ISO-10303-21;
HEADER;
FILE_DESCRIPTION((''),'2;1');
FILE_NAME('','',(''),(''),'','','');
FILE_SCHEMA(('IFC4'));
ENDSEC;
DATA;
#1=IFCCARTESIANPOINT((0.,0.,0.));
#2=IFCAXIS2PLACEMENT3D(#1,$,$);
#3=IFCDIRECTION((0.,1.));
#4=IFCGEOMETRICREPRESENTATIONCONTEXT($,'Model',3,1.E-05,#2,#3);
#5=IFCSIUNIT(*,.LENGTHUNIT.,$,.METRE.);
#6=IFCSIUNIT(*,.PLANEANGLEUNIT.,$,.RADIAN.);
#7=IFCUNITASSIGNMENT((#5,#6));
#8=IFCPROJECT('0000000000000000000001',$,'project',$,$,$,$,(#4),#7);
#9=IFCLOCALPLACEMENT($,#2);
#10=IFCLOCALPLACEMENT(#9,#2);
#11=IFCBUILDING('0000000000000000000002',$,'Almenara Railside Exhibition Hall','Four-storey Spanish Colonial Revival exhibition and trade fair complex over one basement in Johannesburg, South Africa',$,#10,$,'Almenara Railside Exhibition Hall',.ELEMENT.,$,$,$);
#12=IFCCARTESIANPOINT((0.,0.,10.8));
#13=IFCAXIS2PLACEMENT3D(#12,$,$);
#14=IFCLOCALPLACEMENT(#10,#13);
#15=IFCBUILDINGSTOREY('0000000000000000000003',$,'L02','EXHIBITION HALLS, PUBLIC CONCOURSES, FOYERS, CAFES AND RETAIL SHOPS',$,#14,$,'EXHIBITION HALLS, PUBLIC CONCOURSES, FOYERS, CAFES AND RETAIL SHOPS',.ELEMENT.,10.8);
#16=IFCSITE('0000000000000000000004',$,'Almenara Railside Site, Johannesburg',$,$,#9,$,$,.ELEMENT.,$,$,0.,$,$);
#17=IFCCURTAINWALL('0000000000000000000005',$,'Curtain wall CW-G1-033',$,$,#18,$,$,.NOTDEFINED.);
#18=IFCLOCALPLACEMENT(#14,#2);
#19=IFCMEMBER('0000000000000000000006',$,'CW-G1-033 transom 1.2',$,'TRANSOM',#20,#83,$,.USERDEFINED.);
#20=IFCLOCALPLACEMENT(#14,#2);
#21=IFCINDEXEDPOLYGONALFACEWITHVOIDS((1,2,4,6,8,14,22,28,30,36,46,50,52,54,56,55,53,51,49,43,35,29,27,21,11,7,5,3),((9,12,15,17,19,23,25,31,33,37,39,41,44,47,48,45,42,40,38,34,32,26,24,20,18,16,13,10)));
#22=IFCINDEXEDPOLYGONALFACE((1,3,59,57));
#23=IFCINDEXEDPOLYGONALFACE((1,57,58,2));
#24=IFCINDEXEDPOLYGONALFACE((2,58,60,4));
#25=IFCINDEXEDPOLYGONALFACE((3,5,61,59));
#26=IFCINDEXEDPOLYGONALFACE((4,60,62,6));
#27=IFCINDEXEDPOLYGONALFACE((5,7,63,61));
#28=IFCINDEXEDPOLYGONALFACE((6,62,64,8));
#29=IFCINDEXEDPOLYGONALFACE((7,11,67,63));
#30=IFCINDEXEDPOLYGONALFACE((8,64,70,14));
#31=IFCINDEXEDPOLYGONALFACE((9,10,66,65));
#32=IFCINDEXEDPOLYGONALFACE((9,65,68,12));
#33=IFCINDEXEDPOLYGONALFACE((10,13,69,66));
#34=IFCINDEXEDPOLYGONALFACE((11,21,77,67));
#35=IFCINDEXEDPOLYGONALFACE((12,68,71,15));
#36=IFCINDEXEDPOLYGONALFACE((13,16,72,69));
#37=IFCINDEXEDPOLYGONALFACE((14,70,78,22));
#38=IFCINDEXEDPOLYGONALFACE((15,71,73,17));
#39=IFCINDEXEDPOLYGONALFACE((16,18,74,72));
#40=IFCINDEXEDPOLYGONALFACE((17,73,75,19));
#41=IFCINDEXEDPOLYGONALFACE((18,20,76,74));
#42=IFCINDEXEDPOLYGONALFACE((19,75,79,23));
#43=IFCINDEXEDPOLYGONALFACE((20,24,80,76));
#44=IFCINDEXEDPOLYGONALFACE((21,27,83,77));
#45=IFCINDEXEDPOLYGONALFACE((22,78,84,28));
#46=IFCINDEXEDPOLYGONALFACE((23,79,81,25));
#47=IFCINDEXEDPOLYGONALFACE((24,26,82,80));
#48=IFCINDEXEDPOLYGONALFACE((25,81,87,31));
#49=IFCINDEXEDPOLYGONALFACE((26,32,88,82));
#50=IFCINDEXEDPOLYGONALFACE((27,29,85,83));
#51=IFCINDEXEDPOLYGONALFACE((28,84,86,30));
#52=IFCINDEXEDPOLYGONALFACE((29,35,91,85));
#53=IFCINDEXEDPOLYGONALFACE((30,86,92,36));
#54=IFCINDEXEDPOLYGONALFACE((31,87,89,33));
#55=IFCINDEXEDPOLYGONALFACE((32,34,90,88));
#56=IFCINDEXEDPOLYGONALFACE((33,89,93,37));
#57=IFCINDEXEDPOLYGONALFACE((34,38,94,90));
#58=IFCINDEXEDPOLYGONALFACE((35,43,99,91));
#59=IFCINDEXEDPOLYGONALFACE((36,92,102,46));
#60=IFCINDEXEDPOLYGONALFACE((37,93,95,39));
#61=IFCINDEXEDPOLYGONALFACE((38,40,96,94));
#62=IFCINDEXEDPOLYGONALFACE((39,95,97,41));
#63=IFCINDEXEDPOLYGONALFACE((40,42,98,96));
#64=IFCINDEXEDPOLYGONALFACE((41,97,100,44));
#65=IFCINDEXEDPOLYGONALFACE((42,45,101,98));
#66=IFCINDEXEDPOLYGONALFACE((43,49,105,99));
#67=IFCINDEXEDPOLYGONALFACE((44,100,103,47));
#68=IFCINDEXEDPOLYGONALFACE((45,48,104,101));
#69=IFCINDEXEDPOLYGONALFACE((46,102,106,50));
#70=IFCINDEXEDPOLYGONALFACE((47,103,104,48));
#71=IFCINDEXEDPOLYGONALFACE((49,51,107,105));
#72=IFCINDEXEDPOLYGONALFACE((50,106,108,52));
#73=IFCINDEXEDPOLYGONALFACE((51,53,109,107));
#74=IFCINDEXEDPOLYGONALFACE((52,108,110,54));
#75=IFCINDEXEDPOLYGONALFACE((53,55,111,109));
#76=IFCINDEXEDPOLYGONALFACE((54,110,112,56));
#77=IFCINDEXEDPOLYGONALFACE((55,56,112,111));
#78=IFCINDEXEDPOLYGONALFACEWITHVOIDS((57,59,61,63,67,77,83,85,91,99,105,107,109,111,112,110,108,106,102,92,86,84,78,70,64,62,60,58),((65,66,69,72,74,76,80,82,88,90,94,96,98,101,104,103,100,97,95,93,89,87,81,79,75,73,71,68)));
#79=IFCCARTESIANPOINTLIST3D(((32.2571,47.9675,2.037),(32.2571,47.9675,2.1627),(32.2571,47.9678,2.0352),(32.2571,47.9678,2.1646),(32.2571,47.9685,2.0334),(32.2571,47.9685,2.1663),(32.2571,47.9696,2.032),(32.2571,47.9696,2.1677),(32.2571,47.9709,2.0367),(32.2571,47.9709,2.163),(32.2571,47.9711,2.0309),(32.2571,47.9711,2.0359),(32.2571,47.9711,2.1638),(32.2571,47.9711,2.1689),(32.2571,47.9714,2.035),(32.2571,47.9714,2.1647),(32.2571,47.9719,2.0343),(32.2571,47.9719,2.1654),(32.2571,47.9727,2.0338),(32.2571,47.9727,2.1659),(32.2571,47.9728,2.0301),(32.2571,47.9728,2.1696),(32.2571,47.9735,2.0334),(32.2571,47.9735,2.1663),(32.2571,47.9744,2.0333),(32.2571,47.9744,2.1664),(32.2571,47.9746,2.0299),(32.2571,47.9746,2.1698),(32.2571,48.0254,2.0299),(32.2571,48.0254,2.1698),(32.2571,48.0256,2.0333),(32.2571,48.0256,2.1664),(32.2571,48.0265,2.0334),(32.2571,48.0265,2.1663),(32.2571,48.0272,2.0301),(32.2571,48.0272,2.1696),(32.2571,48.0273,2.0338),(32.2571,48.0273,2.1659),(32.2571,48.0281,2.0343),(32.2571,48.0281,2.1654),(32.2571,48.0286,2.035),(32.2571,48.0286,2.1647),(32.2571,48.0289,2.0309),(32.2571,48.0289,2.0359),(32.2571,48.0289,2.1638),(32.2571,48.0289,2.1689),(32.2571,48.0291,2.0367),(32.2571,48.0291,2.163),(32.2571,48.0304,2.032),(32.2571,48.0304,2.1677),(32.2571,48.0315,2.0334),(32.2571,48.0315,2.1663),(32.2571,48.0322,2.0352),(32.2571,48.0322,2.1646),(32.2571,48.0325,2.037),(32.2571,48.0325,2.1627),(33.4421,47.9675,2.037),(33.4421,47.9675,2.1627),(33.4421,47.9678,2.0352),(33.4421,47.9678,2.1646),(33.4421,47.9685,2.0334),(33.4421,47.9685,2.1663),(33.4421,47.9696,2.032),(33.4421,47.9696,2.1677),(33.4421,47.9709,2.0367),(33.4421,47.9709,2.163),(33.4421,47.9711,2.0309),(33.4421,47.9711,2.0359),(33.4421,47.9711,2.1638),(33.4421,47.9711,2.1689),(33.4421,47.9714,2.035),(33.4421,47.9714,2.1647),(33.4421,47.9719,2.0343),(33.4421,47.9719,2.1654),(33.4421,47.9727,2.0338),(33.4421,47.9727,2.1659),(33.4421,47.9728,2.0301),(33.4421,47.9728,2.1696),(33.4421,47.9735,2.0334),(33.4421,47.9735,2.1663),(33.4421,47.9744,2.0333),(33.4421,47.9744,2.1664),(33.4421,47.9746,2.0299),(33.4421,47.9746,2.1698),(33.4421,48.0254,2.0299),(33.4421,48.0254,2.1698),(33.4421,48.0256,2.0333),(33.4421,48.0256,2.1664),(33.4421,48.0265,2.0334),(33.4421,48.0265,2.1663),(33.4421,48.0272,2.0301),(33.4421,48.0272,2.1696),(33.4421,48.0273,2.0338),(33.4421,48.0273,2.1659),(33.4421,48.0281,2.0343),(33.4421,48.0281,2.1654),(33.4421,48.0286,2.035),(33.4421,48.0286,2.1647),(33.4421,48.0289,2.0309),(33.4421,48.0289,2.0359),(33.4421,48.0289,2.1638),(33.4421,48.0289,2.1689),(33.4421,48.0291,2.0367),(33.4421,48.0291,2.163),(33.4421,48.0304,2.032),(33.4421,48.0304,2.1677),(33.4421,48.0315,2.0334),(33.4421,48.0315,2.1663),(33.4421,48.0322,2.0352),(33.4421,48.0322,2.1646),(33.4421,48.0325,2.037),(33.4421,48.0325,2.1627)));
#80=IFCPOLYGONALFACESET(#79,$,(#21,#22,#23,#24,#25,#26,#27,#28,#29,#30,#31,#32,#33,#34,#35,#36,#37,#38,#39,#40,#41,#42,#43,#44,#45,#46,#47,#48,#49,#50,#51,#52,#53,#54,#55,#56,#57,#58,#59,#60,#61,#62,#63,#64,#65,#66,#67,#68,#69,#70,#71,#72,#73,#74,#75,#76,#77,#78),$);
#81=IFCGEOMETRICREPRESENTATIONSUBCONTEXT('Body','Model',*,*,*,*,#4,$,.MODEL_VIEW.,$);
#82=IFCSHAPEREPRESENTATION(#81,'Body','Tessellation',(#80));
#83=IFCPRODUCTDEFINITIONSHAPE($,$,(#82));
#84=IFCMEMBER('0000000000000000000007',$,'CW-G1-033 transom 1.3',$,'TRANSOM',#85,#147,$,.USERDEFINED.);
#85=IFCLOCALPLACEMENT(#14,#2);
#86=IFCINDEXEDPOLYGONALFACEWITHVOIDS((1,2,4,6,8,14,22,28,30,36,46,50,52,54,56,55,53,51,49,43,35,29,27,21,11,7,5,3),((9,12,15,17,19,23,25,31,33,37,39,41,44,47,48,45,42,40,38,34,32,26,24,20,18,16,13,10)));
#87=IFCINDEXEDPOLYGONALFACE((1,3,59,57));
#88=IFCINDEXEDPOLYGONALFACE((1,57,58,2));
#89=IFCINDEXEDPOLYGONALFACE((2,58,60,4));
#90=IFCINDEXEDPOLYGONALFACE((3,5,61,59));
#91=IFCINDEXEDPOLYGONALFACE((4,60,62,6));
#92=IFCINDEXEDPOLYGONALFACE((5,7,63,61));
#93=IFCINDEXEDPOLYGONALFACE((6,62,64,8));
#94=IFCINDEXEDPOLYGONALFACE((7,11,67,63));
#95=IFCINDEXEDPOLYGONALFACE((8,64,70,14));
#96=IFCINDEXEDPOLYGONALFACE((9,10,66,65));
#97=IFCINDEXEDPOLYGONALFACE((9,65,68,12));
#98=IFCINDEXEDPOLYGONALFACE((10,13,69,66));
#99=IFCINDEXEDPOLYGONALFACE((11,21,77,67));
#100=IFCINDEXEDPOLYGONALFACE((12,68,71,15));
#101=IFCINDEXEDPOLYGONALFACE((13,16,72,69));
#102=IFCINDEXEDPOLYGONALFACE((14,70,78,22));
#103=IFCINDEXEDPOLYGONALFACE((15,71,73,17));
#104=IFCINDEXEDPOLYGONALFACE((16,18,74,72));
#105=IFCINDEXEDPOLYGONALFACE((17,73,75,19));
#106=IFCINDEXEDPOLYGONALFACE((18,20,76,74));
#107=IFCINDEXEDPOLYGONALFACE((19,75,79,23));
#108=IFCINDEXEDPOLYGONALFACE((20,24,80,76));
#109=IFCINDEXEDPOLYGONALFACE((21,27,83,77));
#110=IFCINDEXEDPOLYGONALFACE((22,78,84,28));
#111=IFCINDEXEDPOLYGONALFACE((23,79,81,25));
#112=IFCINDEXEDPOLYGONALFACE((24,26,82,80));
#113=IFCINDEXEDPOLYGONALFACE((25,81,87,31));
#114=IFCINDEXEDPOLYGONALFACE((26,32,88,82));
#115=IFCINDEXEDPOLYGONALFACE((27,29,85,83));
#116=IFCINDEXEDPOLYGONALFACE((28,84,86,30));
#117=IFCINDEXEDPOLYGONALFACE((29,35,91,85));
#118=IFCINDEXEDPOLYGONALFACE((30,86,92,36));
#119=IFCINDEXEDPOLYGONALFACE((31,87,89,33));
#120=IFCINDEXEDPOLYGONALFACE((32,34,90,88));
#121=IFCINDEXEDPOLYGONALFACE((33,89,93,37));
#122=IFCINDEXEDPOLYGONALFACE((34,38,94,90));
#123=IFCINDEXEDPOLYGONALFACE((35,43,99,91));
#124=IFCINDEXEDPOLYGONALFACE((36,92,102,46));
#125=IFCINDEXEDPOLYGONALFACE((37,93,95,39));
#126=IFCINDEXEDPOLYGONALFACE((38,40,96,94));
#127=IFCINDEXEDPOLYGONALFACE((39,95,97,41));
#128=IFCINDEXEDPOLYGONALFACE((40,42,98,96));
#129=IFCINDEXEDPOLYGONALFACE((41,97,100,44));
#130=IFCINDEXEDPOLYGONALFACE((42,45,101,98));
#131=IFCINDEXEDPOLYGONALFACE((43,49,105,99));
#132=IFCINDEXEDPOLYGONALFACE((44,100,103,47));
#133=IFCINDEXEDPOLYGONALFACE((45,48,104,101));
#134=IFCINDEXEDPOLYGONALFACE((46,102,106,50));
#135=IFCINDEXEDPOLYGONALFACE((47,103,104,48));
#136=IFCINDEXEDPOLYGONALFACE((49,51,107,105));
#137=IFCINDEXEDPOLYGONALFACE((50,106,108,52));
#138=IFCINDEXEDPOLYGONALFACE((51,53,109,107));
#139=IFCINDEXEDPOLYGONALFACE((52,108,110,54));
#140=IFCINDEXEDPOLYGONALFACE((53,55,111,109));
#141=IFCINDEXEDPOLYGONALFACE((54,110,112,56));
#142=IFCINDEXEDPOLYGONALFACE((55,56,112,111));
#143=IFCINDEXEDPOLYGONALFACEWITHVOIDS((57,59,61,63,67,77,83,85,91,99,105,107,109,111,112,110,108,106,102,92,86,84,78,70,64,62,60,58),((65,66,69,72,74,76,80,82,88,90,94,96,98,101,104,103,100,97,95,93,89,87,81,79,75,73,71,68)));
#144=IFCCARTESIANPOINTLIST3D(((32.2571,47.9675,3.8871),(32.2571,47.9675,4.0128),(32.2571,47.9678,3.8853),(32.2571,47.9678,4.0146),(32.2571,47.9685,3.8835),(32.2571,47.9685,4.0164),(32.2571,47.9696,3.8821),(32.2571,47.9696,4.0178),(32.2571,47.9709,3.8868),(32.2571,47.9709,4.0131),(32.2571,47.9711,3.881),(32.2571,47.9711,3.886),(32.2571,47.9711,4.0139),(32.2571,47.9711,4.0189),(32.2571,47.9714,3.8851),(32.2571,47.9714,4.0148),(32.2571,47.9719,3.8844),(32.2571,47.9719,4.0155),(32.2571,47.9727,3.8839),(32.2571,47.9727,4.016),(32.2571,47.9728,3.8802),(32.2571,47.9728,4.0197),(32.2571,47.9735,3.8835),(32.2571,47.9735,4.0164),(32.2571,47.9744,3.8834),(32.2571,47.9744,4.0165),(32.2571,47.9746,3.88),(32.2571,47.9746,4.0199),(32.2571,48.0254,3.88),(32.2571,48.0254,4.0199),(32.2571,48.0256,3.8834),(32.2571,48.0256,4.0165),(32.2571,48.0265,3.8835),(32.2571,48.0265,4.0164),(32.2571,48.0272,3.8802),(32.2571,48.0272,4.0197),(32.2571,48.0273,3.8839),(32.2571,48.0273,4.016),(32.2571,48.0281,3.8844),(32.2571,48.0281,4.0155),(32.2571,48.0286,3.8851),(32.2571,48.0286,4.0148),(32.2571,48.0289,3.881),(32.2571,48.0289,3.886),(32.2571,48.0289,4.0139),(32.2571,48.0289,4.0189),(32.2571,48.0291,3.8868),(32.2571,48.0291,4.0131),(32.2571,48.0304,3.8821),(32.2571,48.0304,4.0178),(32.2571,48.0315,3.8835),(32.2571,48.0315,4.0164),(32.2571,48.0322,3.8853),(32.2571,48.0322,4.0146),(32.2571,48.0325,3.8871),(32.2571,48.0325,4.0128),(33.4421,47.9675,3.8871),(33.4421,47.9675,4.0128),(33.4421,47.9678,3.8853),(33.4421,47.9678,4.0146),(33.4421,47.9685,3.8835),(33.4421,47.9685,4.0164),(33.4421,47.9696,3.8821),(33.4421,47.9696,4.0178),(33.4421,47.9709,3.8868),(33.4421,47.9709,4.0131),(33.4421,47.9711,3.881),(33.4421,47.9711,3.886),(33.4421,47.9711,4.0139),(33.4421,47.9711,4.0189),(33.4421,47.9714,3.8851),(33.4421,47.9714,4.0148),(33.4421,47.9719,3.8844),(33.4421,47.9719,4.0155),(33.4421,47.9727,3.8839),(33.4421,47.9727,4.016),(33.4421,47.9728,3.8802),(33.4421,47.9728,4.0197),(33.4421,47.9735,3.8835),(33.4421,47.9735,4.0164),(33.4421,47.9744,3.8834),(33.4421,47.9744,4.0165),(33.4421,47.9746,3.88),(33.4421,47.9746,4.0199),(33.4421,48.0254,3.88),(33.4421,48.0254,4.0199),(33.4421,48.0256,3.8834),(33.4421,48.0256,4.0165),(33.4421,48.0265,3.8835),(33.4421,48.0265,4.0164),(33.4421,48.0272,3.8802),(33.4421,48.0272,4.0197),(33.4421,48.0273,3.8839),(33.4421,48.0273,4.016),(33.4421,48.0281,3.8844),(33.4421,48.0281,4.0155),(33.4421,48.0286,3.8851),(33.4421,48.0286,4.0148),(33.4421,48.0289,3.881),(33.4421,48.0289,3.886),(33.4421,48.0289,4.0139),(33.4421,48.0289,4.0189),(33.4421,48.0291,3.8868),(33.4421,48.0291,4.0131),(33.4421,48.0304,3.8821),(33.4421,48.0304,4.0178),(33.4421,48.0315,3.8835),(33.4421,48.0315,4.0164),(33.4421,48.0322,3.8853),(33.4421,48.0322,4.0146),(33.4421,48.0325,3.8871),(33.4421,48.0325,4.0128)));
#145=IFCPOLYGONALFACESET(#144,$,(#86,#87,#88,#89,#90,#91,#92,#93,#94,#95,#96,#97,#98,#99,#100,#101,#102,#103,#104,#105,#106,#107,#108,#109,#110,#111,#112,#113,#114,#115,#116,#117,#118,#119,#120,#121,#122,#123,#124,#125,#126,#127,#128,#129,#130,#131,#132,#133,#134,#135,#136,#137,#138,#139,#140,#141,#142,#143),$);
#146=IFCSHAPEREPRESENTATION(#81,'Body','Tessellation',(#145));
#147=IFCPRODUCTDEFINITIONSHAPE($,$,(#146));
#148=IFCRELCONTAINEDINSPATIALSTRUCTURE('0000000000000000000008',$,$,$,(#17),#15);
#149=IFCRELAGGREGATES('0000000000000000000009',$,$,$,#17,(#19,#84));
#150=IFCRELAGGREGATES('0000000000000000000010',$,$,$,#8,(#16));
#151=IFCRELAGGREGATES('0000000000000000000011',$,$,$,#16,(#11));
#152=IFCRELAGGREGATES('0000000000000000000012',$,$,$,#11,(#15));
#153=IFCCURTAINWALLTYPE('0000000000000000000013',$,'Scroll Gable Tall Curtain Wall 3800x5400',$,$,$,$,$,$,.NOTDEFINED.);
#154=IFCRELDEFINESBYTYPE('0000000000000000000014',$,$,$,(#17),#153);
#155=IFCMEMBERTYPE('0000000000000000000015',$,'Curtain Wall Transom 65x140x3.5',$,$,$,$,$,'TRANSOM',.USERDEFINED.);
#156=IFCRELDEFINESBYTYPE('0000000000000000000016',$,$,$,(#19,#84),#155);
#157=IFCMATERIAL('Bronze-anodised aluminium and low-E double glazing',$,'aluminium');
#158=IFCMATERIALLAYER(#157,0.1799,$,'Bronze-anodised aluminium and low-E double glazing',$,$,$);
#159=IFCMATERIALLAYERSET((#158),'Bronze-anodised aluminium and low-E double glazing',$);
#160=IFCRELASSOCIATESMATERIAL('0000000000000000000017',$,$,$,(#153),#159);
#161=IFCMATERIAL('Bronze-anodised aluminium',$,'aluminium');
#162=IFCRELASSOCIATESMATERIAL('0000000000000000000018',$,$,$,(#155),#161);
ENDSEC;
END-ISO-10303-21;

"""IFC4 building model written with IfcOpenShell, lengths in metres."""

from ifc_helpers import new_model, si_unit, direction, frame, origin, origin_2d, place, context, subcontext, project, spatial, hollow_rectangle, extrude, material, layer, layer_set, material_profile, profile_set, type_object, element, aggregate, save


model = new_model("IFC4")

# Units and contexts
model_context = context("Model", 3, precision=1e-05, world=origin(), true_north=direction((0.0, 1.0)))
body_context = subcontext(model_context, "Body", "Model", "MODEL_VIEW")
ifc_project = project(units=[si_unit("LENGTHUNIT", "METRE"), si_unit("PLANEANGLEUNIT", "RADIAN")], contexts=[model_context])

# Site, building, storey
site_placement = place(None, origin())
site = spatial("IfcSite", under=ifc_project, at=site_placement, Name="Almenara Railside Site, Johannesburg", CompositionType="ELEMENT", RefElevation=0.0)
building_placement = place(site_placement, origin())
building = spatial("IfcBuilding", under=site, at=building_placement, Name="Almenara Railside Exhibition Hall", Description="Four-storey Spanish Colonial Revival exhibition and trade fair complex over one basement in Johannesburg, South Africa", LongName="Almenara Railside Exhibition Hall", CompositionType="ELEMENT")
storey_placement = place(building_placement, frame((0.0, 0.0, 10.8)))
storey = spatial("IfcBuildingStorey", under=building, at=storey_placement, Name="L02", Description="EXHIBITION HALLS, PUBLIC CONCOURSES, FOYERS, CAFES AND RETAIL SHOPS", LongName="EXHIBITION HALLS, PUBLIC CONCOURSES, FOYERS, CAFES AND RETAIL SHOPS", CompositionType="ELEMENT", Elevation=10.8)

# Curtain wall
ifc_material_1 = material(Name="Bronze-anodised aluminium and low-E double glazing", Category="aluminium")
ifc_layer_1 = layer(ifc_material_1, 0.1799, Name="Bronze-anodised aluminium and low-E double glazing")
ifc_layer_set_1 = layer_set([ifc_layer_1], Name="Bronze-anodised aluminium and low-E double glazing")
curtain_wall_type_1 = type_object("IfcCurtainWallType", Name="Scroll Gable Tall Curtain Wall 3800x5400", PredefinedType="NOTDEFINED", material=ifc_layer_set_1)
curtain_wall_1_placement = place(storey_placement, origin())
curtain_wall_1 = element("IfcCurtainWall", 1, at=curtain_wall_1_placement, inside=storey, type_object=curtain_wall_type_1, Name="Curtain wall CW-G1-033", PredefinedType="NOTDEFINED")
ifc_material_2 = material(Name="Bronze-anodised aluminium", Category="aluminium")

# Members
ifc_material_profile_1 = material_profile(ifc_material_2, hollow_rectangle(XDim=0.0649, YDim=0.1399, WallThickness=0.0034, InnerFilletRadius=0.0034, OuterFilletRadius=0.0071, at=origin_2d()), Name="ALU-TRN 65x140x3.5")
ifc_profile_set_1 = profile_set([ifc_material_profile_1], Name="Bronze-anodised aluminium")
member_type_1 = type_object("IfcMemberType", Name="Curtain Wall Transom 65x140x3.5", ElementType="TRANSOM", PredefinedType="USERDEFINED", material=ifc_profile_set_1)
member_1_placement = place(storey_placement, frame((32.2571, 48.0, 2.0999), z_axis=(1.0, 0.0, 0.0), x_axis=(0.0, 1.0, 0.0)))
member_1 = element("IfcMember", 2, at=member_1_placement, type_object=member_type_1, Name="CW-G1-033 transom 1.2", ObjectType="TRANSOM", PredefinedType="USERDEFINED", context=body_context, shape_type="SweptSolid", body=[
    extrude(hollow_rectangle(XDim=0.0649, YDim=0.1399, WallThickness=0.0034, InnerFilletRadius=0.0034, OuterFilletRadius=0.0071, at=origin_2d()), origin(), (0.0, 0.0, 1.0), 1.1851),
])
member_2_placement = place(storey_placement, frame((32.2571, 48.0, 3.95), z_axis=(1.0, 0.0, 0.0), x_axis=(0.0, 1.0, 0.0)))
member_2 = element("IfcMember", 3, at=member_2_placement, type_object=member_type_1, Name="CW-G1-033 transom 1.3", ObjectType="TRANSOM", PredefinedType="USERDEFINED", context=body_context, shape_type="SweptSolid", body=[
    extrude(hollow_rectangle(XDim=0.0649, YDim=0.1399, WallThickness=0.0034, InnerFilletRadius=0.0034, OuterFilletRadius=0.0071, at=origin_2d()), origin(), (0.0, 0.0, 1.0), 1.1851),
])

aggregate(curtain_wall_1, [member_1, member_2])

save(model, "model.ifc")
